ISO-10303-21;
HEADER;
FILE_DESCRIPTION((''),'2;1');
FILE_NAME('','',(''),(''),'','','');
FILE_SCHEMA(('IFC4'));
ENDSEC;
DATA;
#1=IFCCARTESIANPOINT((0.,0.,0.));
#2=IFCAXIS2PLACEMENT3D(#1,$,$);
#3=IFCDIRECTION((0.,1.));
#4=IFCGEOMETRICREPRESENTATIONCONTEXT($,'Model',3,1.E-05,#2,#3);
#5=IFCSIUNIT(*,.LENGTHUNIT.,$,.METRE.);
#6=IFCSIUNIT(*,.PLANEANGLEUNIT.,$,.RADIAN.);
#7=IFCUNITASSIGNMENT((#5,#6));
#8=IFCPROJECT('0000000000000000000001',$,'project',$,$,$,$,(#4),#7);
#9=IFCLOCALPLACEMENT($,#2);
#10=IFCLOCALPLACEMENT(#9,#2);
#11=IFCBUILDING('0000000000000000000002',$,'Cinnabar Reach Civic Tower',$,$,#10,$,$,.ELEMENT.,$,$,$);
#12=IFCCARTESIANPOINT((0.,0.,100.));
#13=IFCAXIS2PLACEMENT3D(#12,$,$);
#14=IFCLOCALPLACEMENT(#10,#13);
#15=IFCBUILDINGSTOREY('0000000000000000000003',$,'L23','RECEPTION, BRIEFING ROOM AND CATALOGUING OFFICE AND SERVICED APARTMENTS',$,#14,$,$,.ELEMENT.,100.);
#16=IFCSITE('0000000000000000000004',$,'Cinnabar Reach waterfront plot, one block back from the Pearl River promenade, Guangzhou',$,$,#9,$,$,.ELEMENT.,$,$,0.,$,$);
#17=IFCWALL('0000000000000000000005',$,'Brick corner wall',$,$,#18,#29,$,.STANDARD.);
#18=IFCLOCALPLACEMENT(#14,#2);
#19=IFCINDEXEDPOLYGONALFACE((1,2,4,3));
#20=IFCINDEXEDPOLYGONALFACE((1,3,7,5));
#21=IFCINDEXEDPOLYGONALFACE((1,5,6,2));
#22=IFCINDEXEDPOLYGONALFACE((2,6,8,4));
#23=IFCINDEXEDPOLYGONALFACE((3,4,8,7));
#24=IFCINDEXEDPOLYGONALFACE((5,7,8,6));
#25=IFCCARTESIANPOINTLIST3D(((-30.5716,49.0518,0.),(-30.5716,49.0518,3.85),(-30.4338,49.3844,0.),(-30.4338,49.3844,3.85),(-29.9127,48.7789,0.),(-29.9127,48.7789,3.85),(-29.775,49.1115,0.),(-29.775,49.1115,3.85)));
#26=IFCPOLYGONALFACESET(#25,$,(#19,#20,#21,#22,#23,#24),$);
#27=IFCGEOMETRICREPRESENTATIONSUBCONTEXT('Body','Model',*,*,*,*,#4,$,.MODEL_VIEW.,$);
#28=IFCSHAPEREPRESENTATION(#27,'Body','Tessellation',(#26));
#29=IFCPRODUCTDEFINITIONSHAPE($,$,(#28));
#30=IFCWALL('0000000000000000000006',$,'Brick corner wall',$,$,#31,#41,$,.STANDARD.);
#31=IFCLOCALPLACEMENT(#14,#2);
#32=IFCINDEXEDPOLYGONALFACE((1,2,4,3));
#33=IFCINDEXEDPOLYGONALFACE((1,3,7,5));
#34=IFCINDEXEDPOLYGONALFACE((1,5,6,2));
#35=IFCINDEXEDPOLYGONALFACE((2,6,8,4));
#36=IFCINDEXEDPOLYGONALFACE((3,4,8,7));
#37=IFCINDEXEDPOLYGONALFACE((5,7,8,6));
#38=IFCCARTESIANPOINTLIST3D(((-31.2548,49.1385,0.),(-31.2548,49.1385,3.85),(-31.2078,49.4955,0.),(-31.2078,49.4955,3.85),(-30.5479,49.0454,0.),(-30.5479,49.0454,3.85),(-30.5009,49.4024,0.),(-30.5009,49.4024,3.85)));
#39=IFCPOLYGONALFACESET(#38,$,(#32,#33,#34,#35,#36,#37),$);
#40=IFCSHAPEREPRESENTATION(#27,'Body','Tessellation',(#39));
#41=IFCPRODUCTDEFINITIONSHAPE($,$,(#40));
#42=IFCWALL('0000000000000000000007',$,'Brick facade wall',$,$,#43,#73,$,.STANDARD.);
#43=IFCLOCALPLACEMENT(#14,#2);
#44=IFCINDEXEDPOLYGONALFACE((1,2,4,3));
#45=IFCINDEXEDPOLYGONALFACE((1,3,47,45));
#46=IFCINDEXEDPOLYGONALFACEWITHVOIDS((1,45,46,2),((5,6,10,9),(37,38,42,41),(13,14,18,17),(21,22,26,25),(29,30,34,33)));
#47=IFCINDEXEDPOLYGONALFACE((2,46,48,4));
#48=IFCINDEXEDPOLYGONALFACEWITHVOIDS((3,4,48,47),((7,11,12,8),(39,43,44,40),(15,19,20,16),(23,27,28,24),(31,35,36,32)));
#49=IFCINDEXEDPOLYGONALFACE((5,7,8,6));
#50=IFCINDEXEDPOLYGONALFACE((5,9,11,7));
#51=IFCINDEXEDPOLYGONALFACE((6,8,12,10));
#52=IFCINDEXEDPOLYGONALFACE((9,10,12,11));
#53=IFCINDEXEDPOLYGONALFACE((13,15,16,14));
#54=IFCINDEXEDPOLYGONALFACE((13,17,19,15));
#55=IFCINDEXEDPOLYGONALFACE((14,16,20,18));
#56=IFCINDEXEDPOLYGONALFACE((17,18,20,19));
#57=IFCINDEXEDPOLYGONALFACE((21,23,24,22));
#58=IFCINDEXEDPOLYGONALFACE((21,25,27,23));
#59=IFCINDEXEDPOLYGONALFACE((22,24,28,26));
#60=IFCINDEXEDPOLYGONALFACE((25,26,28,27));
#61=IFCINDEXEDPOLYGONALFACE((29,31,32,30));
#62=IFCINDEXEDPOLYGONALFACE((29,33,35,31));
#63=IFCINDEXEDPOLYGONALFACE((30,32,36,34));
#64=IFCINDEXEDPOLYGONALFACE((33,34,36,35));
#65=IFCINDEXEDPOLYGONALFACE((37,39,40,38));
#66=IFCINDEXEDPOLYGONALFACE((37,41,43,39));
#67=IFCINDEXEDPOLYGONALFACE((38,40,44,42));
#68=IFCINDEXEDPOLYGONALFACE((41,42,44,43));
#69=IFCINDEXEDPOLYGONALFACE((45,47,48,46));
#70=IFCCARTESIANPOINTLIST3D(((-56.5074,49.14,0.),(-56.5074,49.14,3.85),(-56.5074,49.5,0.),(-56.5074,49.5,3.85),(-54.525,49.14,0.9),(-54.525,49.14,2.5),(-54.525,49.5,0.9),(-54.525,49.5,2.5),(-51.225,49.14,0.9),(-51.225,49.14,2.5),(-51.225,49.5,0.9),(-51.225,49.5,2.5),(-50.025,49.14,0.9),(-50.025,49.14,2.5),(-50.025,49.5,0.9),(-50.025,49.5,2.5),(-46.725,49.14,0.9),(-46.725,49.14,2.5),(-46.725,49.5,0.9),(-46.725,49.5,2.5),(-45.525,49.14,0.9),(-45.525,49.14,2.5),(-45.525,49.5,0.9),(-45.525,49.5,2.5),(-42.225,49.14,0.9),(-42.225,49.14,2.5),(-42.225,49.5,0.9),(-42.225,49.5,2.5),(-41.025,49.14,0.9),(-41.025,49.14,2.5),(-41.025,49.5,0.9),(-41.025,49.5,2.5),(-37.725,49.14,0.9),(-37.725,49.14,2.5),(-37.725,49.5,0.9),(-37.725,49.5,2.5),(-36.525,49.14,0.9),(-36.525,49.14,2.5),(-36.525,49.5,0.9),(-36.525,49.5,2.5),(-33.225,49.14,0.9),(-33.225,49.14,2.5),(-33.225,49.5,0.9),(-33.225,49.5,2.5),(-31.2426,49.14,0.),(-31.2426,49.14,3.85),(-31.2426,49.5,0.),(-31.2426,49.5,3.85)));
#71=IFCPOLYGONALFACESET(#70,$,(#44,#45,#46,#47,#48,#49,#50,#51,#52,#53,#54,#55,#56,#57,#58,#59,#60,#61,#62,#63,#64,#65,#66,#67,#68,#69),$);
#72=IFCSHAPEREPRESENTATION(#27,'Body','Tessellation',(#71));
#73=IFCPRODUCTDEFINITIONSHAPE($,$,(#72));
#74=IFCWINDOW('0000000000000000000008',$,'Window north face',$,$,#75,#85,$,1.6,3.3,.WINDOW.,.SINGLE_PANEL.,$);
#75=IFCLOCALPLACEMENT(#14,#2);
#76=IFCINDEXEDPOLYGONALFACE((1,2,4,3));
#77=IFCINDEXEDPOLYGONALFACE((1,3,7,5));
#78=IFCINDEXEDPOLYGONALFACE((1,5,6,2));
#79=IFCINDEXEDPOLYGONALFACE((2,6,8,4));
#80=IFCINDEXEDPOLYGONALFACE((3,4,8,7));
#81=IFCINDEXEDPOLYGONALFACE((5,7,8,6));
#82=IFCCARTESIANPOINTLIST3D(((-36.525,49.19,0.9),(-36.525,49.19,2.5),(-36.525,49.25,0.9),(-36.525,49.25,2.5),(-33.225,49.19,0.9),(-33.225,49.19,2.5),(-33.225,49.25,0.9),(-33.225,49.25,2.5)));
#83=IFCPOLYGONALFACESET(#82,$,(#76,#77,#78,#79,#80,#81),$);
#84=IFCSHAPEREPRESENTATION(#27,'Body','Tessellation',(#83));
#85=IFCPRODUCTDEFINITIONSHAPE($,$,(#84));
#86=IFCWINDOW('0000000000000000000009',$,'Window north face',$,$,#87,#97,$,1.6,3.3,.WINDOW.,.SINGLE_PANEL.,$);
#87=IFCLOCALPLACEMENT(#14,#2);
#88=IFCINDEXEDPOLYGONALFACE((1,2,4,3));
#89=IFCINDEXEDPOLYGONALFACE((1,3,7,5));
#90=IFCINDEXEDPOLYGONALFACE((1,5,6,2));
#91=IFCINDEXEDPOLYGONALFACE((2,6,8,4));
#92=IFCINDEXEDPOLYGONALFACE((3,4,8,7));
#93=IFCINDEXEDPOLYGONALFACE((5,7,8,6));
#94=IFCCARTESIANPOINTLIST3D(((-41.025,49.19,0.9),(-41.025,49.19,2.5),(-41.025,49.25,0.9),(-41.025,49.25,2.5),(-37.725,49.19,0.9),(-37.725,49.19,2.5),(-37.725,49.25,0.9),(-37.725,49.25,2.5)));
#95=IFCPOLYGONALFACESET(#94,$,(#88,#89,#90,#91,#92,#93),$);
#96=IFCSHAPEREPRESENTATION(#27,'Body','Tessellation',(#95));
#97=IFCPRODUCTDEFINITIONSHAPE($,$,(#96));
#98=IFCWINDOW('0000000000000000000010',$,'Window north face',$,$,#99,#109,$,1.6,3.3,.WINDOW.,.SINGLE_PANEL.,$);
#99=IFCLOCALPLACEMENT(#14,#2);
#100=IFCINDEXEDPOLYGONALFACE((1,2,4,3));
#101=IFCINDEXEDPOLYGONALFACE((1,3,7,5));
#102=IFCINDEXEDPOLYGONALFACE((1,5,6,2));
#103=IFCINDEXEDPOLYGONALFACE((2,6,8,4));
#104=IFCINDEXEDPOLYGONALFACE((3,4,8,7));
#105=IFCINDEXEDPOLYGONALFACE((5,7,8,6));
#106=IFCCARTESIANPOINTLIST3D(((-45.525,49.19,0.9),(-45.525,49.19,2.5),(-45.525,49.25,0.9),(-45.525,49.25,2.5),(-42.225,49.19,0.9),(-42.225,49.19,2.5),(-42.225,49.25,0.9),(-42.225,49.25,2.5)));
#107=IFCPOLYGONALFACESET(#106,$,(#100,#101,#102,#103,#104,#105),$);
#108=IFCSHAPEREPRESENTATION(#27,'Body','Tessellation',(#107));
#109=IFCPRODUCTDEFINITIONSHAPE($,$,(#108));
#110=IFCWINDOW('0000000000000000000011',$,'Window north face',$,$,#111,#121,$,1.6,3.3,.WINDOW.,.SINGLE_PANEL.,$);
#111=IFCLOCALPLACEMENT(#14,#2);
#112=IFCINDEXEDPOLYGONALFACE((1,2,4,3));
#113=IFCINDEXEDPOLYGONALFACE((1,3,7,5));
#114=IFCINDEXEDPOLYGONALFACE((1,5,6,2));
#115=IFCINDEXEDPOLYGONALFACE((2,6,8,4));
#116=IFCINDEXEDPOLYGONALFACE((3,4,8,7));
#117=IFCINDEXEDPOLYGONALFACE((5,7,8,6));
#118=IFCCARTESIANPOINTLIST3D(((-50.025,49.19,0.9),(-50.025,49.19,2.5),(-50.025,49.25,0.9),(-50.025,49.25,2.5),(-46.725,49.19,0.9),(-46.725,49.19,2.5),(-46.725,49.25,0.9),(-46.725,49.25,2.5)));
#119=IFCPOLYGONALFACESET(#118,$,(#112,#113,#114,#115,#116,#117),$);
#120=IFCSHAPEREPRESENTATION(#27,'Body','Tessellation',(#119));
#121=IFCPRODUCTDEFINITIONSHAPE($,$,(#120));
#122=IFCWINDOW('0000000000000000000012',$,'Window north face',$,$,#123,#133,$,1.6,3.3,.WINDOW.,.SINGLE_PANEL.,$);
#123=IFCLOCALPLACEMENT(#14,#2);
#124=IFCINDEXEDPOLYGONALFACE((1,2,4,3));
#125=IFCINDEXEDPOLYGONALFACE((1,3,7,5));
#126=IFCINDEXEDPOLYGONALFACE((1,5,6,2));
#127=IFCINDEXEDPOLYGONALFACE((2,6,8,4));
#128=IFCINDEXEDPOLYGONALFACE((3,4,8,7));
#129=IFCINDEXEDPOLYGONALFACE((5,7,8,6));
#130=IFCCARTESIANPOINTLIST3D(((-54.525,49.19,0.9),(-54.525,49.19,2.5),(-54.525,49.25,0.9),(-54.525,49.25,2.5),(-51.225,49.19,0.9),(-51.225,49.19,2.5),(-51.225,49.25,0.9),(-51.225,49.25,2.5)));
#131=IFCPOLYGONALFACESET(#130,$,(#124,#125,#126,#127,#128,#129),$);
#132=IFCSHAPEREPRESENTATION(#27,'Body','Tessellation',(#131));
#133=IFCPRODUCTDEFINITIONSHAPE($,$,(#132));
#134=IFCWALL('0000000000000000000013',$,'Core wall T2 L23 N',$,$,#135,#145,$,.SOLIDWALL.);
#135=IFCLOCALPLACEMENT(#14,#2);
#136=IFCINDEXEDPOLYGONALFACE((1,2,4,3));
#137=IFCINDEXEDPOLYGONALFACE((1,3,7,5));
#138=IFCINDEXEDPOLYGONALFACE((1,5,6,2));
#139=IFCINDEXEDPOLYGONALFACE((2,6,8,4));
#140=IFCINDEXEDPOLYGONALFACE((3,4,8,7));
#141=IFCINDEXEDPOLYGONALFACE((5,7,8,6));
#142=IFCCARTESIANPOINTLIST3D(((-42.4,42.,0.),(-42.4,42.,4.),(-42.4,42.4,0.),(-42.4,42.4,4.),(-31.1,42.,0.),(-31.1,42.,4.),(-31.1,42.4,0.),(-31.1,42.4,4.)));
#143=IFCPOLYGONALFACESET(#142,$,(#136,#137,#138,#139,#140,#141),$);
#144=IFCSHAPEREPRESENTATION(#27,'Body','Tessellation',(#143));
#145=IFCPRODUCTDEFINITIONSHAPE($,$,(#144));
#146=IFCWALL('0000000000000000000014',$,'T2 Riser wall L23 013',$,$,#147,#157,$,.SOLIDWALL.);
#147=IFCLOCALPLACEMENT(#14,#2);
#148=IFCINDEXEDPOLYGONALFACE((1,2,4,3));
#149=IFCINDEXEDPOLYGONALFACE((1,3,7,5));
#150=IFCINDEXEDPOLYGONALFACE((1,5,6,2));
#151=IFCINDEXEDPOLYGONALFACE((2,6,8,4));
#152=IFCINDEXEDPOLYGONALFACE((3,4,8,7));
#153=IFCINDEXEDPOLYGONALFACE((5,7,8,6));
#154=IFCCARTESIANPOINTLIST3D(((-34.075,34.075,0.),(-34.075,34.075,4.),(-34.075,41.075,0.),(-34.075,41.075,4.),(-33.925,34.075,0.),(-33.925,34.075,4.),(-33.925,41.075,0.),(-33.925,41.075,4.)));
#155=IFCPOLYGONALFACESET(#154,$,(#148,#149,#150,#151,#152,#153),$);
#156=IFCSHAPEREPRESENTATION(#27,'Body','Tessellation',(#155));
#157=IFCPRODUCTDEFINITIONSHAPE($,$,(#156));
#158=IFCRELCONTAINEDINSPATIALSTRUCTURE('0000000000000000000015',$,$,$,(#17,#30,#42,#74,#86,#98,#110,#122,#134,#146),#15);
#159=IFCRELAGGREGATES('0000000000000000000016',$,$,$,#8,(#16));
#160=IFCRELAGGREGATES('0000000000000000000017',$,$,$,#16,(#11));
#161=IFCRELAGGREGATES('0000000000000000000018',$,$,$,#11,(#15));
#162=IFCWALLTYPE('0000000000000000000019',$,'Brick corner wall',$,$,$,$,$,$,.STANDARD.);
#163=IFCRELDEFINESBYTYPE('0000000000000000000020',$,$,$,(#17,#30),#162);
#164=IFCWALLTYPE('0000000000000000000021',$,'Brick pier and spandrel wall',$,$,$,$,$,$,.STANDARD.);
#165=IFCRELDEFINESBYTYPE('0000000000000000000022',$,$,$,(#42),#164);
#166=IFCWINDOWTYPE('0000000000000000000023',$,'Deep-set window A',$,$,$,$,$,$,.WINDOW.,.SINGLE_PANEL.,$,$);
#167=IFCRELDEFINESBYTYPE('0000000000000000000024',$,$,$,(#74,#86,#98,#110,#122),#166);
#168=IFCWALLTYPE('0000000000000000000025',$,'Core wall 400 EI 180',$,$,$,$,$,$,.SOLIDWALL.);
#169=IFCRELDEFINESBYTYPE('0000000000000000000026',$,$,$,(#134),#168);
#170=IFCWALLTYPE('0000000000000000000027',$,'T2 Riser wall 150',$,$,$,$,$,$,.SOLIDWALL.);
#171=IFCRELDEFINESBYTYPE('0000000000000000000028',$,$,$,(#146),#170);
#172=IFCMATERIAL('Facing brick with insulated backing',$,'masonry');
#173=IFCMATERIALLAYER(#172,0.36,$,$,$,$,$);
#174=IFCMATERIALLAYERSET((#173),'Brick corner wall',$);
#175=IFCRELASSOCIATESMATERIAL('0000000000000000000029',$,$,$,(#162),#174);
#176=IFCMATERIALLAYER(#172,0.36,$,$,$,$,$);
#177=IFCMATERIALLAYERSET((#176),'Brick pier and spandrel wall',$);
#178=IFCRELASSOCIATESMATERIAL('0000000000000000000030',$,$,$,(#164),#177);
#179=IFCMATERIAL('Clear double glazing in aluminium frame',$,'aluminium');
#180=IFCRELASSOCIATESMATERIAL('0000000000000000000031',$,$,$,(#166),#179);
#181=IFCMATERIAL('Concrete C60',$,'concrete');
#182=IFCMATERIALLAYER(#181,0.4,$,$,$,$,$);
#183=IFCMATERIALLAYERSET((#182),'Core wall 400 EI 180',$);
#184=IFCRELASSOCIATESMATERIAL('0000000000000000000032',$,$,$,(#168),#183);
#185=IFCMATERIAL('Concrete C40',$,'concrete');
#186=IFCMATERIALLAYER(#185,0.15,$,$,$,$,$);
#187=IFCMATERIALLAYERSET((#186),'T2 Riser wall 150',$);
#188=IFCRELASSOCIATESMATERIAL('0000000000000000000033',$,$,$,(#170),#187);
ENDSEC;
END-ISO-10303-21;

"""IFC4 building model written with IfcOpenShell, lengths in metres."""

from ifc_helpers import new_model, si_unit, direction, frame, frame_2d, origin, place, context, subcontext, project, spatial, rectangle, extrude, material, layer, layer_set, type_object, element, fill, save


model = new_model("IFC4")

# Units and contexts
model_context = context("Model", 3, precision=1e-05, world=origin(), true_north=direction((0.0, 1.0)))
body_context = subcontext(model_context, "Body", "Model", "MODEL_VIEW")
ifc_project = project(units=[si_unit("LENGTHUNIT", "METRE"), si_unit("PLANEANGLEUNIT", "RADIAN")], contexts=[model_context])

# Site, building, storey
site_placement = place(None, origin())
site = spatial("IfcSite", under=ifc_project, at=site_placement, Name="Cinnabar Reach waterfront plot, one block back from the Pearl River promenade, Guangzhou", CompositionType="ELEMENT", RefElevation=0.0)
building_placement = place(site_placement, origin())
building = spatial("IfcBuilding", under=site, at=building_placement, Name="Cinnabar Reach Civic Tower", CompositionType="ELEMENT")
storey_placement = place(building_placement, frame((0.0, 0.0, 100.0)))
storey = spatial("IfcBuildingStorey", under=building, at=storey_placement, Name="L23", Description="RECEPTION, BRIEFING ROOM AND CATALOGUING OFFICE AND SERVICED APARTMENTS", CompositionType="ELEMENT", Elevation=100.0)

# Shared definitions
ifc_material_1 = material(Name="Concrete C60", Category="concrete")

# Walls
ifc_material_2 = material(Name="Facing brick with insulated backing", Category="masonry")
ifc_layer_1 = layer(ifc_material_2, 0.36)
ifc_layer_set_1 = layer_set([ifc_layer_1], Name="Brick corner wall")
wall_type_1 = type_object("IfcWallType", Name="Brick corner wall", PredefinedType="STANDARD", material=ifc_layer_set_1)
for number, where, z_axis, x_axis, name in (
    (1, (-29.8439, 48.9452, 0.0), (0.0, 0.0, 1.0), (-0.923872, 0.382703, 0.0), "Brick corner wall"),
    (2, (-30.5244, 49.2239, 0.0), (0.0, 0.0, 1.0), (-0.991441, 0.130556, 0.0), "Brick corner wall"),
):
    element("IfcWall", number, at=place(storey_placement, frame(where, z_axis=z_axis, x_axis=x_axis)), inside=storey, type_object=wall_type_1, Name=name, PredefinedType="STANDARD", context=body_context, shape_type="SweptSolid", body=[
        extrude(rectangle(XDim=0.7131, YDim=0.36, at=frame_2d((0.3565, 0.0))), origin(), (0.0, 0.0, 1.0), 3.85),
    ])

# Wall, openings, windows
ifc_layer_2 = layer(ifc_material_2, 0.36)
ifc_layer_set_2 = layer_set([ifc_layer_2], Name="Brick pier and spandrel wall")
wall_type_2 = type_object("IfcWallType", Name="Brick pier and spandrel wall", PredefinedType="STANDARD", material=ifc_layer_set_2)
wall_1_placement = place(storey_placement, frame((-31.2426, 49.32, 0.0), z_axis=(0.0, 0.0, 1.0), x_axis=(-1.0, 0.0, 0.0)))
wall_1 = element("IfcWall", 3, at=wall_1_placement, inside=storey, type_object=wall_type_2, Name="Brick facade wall", PredefinedType="STANDARD", context=body_context, shape_type="SweptSolid", body=[
    extrude(rectangle(XDim=25.2648, YDim=0.36, at=frame_2d((12.6324, 0.0))), origin(), (0.0, 0.0, 1.0), 3.85),
])
opening_1_placement = place(wall_1_placement, frame((1.9824, 0.0, 0.9)))
opening_1 = element("IfcOpeningElement", 4, at=opening_1_placement, cuts=wall_1, PredefinedType="OPENING", context=body_context, shape_type="SweptSolid", body=[
    extrude(rectangle(XDim=3.3, YDim=1.6, at=frame_2d((1.65, 0.8))), frame((0.0, 0.19, 0.0), z_axis=(0.0, -1.0, 0.0), x_axis=(1.0, 0.0, 0.0)), (0.0, 0.0, 1.0), 0.38),
])
opening_2_placement = place(wall_1_placement, frame((6.4824, 0.0, 0.9)))
opening_2 = element("IfcOpeningElement", 5, at=opening_2_placement, cuts=wall_1, PredefinedType="OPENING", context=body_context, shape_type="SweptSolid", body=[
    extrude(rectangle(XDim=3.3, YDim=1.6, at=frame_2d((1.65, 0.8))), frame((0.0, 0.19, 0.0), z_axis=(0.0, -1.0, 0.0), x_axis=(1.0, 0.0, 0.0)), (0.0, 0.0, 1.0), 0.38),
])
opening_3_placement = place(wall_1_placement, frame((10.9824, 0.0, 0.9)))
opening_3 = element("IfcOpeningElement", 6, at=opening_3_placement, cuts=wall_1, PredefinedType="OPENING", context=body_context, shape_type="SweptSolid", body=[
    extrude(rectangle(XDim=3.3, YDim=1.6, at=frame_2d((1.65, 0.8))), frame((0.0, 0.19, 0.0), z_axis=(0.0, -1.0, 0.0), x_axis=(1.0, 0.0, 0.0)), (0.0, 0.0, 1.0), 0.38),
])
opening_4_placement = place(wall_1_placement, frame((15.4824, 0.0, 0.9)))
opening_4 = element("IfcOpeningElement", 7, at=opening_4_placement, cuts=wall_1, PredefinedType="OPENING", context=body_context, shape_type="SweptSolid", body=[
    extrude(rectangle(XDim=3.3, YDim=1.6, at=frame_2d((1.65, 0.8))), frame((0.0, 0.19, 0.0), z_axis=(0.0, -1.0, 0.0), x_axis=(1.0, 0.0, 0.0)), (0.0, 0.0, 1.0), 0.38),
])
opening_5_placement = place(wall_1_placement, frame((19.9824, 0.0, 0.9)))
opening_5 = element("IfcOpeningElement", 8, at=opening_5_placement, cuts=wall_1, PredefinedType="OPENING", context=body_context, shape_type="SweptSolid", body=[
    extrude(rectangle(XDim=3.3, YDim=1.6, at=frame_2d((1.65, 0.8))), frame((0.0, 0.19, 0.0), z_axis=(0.0, -1.0, 0.0), x_axis=(1.0, 0.0, 0.0)), (0.0, 0.0, 1.0), 0.38),
])
ifc_material_3 = material(Name="Clear double glazing in aluminium frame", Category="aluminium")
window_type = type_object("IfcWindowType", Name="Deep-set window A", PartitioningType="SINGLE_PANEL", PredefinedType="WINDOW", material=ifc_material_3)
window_1_placement = place(opening_1_placement, origin())
window_1 = element("IfcWindow", 9, at=window_1_placement, inside=storey, type_object=window_type, Name="Window north face", OverallHeight=1.6, OverallWidth=3.3, PartitioningType="SINGLE_PANEL", PredefinedType="WINDOW", context=body_context, shape_type="SweptSolid", body=[
    extrude(rectangle(XDim=3.3, YDim=1.6, at=frame_2d((1.65, 0.8))), frame((0.0, 0.13, 0.0), z_axis=(0.0, -1.0, 0.0), x_axis=(1.0, 0.0, 0.0)), (0.0, 0.0, 1.0), 0.06),
])
fill(opening_1, window_1)
window_2_placement = place(opening_2_placement, origin())
window_2 = element("IfcWindow", 10, at=window_2_placement, inside=storey, type_object=window_type, Name="Window north face", OverallHeight=1.6, OverallWidth=3.3, PartitioningType="SINGLE_PANEL", PredefinedType="WINDOW", context=body_context, shape_type="SweptSolid", body=[
    extrude(rectangle(XDim=3.3, YDim=1.6, at=frame_2d((1.65, 0.8))), frame((0.0, 0.13, 0.0), z_axis=(0.0, -1.0, 0.0), x_axis=(1.0, 0.0, 0.0)), (0.0, 0.0, 1.0), 0.06),
])
fill(opening_2, window_2)
window_3_placement = place(opening_3_placement, origin())
window_3 = element("IfcWindow", 11, at=window_3_placement, inside=storey, type_object=window_type, Name="Window north face", OverallHeight=1.6, OverallWidth=3.3, PartitioningType="SINGLE_PANEL", PredefinedType="WINDOW", context=body_context, shape_type="SweptSolid", body=[
    extrude(rectangle(XDim=3.3, YDim=1.6, at=frame_2d((1.65, 0.8))), frame((0.0, 0.13, 0.0), z_axis=(0.0, -1.0, 0.0), x_axis=(1.0, 0.0, 0.0)), (0.0, 0.0, 1.0), 0.06),
])
fill(opening_3, window_3)
window_4_placement = place(opening_4_placement, origin())
window_4 = element("IfcWindow", 12, at=window_4_placement, inside=storey, type_object=window_type, Name="Window north face", OverallHeight=1.6, OverallWidth=3.3, PartitioningType="SINGLE_PANEL", PredefinedType="WINDOW", context=body_context, shape_type="SweptSolid", body=[
    extrude(rectangle(XDim=3.3, YDim=1.6, at=frame_2d((1.65, 0.8))), frame((0.0, 0.13, 0.0), z_axis=(0.0, -1.0, 0.0), x_axis=(1.0, 0.0, 0.0)), (0.0, 0.0, 1.0), 0.06),
])
fill(opening_4, window_4)
window_5_placement = place(opening_5_placement, origin())
window_5 = element("IfcWindow", 13, at=window_5_placement, inside=storey, type_object=window_type, Name="Window north face", OverallHeight=1.6, OverallWidth=3.3, PartitioningType="SINGLE_PANEL", PredefinedType="WINDOW", context=body_context, shape_type="SweptSolid", body=[
    extrude(rectangle(XDim=3.3, YDim=1.6, at=frame_2d((1.65, 0.8))), frame((0.0, 0.13, 0.0), z_axis=(0.0, -1.0, 0.0), x_axis=(1.0, 0.0, 0.0)), (0.0, 0.0, 1.0), 0.06),
])
fill(opening_5, window_5)

# Walls
ifc_layer_3 = layer(ifc_material_1, 0.4)
ifc_layer_set_3 = layer_set([ifc_layer_3], Name="Core wall 400 EI 180")
wall_type_3 = type_object("IfcWallType", Name="Core wall 400 EI 180", PredefinedType="SOLIDWALL", material=ifc_layer_set_3)
wall_2_placement = place(storey_placement, frame((-31.1, 42.2, 0.0), z_axis=(0.0, 0.0, 1.0), x_axis=(-1.0, 0.0, 0.0)))
element("IfcWall", 14, at=wall_2_placement, inside=storey, type_object=wall_type_3, Name="Core wall T2 L23 N", PredefinedType="SOLIDWALL", context=body_context, shape_type="SweptSolid", body=[
    extrude(rectangle(XDim=11.3, YDim=0.4, at=frame_2d((5.65, 0.0))), origin(), (0.0, 0.0, 1.0), 4.0),
])
ifc_material_4 = material(Name="Concrete C40", Category="concrete")
ifc_layer_4 = layer(ifc_material_4, 0.15)
ifc_layer_set_4 = layer_set([ifc_layer_4], Name="T2 Riser wall 150")
wall_type_4 = type_object("IfcWallType", Name="T2 Riser wall 150", PredefinedType="SOLIDWALL", material=ifc_layer_set_4)
wall_3_placement = place(storey_placement, frame((-34.0, 41.075, 0.0), z_axis=(0.0, 0.0, 1.0), x_axis=(0.0, -1.0, 0.0)))
element("IfcWall", 15, at=wall_3_placement, inside=storey, type_object=wall_type_4, Name="T2 Riser wall L23 013", PredefinedType="SOLIDWALL", context=body_context, shape_type="SweptSolid", body=[
    extrude(rectangle(XDim=7.0, YDim=0.15, at=frame_2d((3.5, 0.0))), origin(), (0.0, 0.0, 1.0), 4.0),
])

save(model, "model.ifc")
